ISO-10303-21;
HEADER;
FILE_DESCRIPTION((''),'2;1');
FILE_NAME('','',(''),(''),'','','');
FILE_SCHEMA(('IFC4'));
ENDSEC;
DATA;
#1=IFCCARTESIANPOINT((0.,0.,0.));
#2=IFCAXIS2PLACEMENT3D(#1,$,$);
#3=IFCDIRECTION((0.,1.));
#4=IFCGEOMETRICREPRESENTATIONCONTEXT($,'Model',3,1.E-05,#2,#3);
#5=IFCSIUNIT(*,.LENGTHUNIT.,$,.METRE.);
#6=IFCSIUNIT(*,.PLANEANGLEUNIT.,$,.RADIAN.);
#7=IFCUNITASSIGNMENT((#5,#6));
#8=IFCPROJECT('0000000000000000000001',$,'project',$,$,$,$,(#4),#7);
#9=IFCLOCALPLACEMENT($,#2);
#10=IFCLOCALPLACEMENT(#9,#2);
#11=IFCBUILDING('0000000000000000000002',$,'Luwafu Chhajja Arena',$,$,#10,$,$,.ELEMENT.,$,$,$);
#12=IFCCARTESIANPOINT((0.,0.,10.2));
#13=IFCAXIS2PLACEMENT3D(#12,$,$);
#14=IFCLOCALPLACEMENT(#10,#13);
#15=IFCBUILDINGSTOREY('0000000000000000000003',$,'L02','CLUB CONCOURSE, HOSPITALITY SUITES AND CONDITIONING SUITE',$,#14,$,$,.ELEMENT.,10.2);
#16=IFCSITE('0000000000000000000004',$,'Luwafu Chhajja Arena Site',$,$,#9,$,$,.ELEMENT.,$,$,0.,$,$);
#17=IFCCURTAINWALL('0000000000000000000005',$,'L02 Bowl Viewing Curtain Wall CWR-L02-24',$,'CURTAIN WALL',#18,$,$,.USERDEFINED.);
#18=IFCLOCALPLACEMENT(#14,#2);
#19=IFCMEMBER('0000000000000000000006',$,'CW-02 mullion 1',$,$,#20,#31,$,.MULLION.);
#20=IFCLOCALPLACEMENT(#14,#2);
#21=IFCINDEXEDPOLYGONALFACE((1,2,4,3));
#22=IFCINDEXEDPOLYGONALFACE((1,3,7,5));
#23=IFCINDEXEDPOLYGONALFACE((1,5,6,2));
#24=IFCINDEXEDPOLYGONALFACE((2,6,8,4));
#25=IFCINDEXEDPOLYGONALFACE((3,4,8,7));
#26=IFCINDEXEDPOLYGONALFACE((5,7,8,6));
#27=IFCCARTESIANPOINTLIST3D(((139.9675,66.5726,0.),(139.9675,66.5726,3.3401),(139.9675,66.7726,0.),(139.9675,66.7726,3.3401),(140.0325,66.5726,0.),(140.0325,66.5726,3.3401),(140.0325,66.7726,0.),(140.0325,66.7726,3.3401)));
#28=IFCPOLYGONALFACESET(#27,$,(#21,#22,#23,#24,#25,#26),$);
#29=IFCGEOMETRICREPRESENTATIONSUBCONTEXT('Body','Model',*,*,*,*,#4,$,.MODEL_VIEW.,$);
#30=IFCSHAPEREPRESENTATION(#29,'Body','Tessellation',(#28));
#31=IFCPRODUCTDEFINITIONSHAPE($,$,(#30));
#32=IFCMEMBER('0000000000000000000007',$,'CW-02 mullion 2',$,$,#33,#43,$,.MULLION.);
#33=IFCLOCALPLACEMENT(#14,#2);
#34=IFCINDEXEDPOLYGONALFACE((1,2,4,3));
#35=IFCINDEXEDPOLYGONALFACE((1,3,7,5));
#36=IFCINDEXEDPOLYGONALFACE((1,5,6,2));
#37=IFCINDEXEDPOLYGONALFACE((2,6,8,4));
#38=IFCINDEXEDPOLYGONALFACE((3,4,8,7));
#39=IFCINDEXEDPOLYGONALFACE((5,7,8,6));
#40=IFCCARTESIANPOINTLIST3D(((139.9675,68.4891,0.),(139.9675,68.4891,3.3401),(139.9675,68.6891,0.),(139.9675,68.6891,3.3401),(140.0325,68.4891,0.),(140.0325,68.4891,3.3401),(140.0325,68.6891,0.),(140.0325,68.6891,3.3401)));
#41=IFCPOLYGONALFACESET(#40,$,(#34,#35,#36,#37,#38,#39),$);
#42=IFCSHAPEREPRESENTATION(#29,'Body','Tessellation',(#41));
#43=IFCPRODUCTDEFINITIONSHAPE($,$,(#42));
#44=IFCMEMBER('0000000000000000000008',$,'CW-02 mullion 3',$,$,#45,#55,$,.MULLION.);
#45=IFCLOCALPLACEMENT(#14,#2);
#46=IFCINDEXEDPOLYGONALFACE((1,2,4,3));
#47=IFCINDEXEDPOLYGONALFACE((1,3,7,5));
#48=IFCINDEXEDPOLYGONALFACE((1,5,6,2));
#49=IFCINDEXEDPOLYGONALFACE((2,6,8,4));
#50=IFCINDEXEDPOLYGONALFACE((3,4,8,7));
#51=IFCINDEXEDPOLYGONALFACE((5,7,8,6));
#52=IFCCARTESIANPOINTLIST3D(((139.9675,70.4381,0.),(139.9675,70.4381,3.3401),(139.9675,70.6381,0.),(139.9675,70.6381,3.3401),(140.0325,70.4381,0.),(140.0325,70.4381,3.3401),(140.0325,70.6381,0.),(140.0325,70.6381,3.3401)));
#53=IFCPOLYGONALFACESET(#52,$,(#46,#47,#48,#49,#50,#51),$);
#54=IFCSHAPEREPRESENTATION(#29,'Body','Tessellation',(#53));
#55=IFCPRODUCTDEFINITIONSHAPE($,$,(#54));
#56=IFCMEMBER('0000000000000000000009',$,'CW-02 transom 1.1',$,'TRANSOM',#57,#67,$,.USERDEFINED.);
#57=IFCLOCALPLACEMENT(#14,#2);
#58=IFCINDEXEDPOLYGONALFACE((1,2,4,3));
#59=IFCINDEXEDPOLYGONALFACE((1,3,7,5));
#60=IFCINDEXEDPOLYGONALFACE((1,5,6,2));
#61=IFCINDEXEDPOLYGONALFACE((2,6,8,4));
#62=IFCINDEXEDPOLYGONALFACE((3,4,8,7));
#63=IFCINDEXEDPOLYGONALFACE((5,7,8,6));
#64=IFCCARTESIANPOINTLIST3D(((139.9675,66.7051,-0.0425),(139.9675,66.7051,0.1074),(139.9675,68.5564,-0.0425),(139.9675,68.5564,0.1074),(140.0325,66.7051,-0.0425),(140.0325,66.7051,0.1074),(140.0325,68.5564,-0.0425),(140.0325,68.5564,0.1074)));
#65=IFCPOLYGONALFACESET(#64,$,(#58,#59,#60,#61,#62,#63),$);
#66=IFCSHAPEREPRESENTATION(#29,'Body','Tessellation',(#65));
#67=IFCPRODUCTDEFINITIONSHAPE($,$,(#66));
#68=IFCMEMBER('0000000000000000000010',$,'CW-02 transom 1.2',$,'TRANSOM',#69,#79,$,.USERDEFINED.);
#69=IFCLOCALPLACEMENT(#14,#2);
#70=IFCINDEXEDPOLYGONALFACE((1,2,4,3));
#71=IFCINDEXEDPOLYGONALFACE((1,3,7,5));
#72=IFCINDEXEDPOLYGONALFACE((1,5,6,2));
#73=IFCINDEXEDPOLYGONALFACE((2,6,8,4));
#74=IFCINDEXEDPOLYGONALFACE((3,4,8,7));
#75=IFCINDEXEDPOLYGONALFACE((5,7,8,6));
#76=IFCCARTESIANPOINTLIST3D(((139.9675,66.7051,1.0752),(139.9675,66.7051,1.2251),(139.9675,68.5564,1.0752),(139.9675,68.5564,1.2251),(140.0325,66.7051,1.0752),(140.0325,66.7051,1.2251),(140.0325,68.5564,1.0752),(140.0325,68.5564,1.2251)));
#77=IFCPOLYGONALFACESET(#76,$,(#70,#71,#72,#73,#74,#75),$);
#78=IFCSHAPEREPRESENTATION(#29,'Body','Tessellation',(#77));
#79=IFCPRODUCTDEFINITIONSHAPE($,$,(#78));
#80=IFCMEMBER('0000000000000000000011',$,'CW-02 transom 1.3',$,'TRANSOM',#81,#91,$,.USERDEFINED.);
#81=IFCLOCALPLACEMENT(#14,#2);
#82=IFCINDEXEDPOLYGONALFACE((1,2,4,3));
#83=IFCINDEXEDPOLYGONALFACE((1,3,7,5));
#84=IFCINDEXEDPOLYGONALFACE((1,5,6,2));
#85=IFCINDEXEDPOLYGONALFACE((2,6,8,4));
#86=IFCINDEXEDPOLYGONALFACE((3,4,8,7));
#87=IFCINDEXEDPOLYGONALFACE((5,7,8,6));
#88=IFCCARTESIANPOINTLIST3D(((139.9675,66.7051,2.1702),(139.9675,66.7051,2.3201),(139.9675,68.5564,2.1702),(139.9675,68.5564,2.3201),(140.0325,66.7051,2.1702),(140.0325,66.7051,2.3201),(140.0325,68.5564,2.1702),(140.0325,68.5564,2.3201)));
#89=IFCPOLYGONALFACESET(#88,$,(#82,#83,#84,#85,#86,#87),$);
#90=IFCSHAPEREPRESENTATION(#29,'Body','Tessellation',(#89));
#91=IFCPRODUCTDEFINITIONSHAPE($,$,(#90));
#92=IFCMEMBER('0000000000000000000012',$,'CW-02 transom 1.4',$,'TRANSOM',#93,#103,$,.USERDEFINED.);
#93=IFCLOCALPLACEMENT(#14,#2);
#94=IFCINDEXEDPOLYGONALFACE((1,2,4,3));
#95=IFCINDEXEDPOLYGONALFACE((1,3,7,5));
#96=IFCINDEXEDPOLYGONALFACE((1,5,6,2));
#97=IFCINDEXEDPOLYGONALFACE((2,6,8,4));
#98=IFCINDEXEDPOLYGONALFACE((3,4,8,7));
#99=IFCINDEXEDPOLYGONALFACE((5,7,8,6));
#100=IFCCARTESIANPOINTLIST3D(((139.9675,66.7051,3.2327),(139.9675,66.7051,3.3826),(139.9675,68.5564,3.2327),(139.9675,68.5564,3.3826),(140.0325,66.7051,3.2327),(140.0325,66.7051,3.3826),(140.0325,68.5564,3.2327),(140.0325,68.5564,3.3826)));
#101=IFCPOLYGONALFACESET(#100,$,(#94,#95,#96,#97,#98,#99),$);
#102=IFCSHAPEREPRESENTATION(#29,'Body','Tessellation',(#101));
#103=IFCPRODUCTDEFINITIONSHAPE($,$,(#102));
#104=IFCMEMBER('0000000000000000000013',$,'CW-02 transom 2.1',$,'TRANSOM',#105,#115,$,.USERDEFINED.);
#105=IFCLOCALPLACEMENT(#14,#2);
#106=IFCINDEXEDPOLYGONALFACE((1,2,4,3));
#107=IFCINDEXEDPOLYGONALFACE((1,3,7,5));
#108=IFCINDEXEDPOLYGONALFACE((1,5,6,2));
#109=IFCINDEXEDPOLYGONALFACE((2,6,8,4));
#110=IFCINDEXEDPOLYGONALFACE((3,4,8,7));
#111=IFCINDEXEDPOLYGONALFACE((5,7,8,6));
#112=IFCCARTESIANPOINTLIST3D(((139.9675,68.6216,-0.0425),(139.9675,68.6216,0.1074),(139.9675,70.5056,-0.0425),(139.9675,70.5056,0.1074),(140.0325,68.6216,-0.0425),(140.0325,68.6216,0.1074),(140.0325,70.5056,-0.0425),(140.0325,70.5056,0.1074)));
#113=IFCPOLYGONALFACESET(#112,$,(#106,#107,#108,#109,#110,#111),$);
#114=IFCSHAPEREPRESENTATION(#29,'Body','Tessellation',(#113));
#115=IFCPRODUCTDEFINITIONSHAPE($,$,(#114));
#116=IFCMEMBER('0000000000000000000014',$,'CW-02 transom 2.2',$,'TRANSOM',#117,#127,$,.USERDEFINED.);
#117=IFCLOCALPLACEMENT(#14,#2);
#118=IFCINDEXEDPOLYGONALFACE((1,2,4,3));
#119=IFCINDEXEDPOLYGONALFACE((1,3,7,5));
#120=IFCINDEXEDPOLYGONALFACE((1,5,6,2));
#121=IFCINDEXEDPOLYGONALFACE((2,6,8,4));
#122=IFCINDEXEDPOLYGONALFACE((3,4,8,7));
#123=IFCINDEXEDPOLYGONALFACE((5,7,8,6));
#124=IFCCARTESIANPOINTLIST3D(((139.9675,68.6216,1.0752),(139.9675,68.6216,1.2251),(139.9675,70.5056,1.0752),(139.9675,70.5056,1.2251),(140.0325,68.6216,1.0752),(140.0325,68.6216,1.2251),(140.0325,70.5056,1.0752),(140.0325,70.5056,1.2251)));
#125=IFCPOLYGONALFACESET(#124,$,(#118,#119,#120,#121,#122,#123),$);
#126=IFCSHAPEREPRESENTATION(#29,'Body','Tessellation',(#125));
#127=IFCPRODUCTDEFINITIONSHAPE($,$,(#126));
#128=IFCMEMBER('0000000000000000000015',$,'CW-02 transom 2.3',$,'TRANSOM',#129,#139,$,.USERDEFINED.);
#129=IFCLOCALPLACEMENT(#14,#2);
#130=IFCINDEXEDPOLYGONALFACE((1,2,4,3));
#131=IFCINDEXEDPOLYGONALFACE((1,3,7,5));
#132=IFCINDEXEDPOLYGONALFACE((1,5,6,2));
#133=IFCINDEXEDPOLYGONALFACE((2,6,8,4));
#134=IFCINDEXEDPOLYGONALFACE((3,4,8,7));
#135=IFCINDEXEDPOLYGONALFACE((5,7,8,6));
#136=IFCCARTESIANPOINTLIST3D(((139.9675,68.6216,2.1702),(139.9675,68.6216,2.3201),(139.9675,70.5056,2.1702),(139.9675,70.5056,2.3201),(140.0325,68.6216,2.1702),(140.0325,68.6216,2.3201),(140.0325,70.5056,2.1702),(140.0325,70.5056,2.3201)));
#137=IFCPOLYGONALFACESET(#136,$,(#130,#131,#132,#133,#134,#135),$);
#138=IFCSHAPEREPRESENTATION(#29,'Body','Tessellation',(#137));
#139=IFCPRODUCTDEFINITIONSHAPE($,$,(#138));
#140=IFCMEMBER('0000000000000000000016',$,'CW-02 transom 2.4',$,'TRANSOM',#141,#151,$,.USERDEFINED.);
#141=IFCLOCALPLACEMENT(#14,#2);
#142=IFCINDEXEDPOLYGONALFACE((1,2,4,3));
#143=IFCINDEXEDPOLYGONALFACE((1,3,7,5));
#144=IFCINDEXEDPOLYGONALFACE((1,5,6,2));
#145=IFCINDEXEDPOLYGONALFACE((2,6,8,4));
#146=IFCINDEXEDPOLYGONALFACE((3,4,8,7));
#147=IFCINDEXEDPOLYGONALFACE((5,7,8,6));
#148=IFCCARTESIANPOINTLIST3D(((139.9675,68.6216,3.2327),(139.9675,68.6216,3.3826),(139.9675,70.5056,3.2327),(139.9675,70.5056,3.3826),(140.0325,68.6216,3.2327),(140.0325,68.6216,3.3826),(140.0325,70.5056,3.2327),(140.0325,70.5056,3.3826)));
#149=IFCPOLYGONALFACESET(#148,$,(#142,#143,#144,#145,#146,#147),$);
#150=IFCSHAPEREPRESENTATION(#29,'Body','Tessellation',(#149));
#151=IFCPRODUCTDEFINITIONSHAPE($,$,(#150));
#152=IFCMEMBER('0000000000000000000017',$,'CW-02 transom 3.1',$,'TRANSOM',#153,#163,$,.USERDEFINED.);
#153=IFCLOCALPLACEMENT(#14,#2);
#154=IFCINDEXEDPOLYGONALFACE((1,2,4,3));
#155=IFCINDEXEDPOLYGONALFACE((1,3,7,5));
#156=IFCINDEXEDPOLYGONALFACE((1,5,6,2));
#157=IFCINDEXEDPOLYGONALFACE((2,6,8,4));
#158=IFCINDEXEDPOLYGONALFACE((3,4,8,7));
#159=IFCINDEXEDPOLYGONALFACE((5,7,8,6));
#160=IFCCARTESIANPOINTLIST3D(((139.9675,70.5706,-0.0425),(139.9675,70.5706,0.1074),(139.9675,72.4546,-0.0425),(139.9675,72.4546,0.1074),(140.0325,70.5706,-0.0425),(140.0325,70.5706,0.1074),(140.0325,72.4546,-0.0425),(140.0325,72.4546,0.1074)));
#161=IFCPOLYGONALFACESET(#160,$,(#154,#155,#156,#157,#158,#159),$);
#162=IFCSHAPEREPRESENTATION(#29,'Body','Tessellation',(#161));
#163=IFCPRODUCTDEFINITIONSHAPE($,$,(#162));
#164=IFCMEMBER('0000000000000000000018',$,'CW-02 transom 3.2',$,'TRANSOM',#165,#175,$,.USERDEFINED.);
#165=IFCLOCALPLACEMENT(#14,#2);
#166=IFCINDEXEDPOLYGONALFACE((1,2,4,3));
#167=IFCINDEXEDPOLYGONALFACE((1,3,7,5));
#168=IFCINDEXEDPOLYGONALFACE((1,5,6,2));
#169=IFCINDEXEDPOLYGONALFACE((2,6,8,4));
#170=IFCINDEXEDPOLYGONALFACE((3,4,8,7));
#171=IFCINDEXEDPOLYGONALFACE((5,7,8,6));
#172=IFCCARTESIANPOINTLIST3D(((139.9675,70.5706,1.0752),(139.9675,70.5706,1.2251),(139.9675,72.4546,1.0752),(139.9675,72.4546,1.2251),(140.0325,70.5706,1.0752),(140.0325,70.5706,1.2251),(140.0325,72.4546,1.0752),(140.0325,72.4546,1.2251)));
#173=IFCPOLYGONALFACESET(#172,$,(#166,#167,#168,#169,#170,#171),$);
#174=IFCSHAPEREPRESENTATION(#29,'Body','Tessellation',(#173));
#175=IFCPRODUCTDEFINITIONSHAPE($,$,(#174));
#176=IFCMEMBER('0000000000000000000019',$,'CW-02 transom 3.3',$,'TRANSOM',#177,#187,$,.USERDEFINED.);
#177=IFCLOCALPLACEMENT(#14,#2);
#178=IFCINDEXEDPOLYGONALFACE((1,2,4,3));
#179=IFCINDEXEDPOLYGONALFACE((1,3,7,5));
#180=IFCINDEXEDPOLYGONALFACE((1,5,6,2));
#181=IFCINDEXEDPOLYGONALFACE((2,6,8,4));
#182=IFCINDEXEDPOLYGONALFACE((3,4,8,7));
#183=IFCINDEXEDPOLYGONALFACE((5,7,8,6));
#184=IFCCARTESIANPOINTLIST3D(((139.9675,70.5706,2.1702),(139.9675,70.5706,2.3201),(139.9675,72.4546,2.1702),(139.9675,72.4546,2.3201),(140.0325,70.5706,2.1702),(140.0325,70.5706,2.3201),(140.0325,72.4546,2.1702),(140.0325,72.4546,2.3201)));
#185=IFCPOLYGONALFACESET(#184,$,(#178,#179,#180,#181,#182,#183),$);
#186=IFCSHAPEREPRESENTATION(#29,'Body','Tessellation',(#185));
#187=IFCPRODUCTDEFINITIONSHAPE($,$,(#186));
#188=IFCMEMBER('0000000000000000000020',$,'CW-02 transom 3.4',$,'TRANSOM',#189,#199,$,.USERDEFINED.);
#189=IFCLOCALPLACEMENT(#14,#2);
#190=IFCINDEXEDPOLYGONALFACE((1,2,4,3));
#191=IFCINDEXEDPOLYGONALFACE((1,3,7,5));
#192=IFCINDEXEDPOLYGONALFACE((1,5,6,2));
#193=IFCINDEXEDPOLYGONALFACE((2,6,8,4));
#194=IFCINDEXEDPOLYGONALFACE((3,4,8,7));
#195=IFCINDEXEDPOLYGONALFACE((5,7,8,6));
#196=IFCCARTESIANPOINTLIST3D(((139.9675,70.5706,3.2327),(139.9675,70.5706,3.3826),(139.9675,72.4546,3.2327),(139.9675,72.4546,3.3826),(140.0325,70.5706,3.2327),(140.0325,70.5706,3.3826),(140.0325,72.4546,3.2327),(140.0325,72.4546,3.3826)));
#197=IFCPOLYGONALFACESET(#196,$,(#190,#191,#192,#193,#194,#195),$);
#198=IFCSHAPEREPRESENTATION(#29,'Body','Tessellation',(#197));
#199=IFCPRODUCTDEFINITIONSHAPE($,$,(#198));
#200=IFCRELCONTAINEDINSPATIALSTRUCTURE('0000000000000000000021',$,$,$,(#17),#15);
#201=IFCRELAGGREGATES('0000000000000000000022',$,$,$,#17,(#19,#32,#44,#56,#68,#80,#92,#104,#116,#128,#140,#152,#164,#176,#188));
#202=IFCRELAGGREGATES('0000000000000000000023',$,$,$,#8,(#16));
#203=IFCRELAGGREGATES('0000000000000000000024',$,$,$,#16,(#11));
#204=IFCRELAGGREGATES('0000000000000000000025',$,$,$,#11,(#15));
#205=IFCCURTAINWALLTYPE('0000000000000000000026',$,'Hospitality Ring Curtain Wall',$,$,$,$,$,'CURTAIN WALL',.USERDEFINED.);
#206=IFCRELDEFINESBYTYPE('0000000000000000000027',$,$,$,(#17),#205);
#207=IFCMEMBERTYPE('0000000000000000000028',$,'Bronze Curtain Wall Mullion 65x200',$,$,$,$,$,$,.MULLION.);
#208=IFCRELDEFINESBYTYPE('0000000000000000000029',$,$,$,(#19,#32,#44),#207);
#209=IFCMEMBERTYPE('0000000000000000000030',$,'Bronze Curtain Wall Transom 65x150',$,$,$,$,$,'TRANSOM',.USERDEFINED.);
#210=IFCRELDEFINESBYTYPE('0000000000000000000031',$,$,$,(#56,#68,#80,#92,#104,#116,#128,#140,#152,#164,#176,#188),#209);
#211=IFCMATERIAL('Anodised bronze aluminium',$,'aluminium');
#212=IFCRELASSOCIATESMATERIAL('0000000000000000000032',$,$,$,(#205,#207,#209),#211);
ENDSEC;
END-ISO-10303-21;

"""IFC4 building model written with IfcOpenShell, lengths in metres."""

from ifc_helpers import new_model, si_unit, direction, frame, origin, origin_2d, place, context, subcontext, project, spatial, rectangle, extrude, material, material_profile, profile_set, type_object, element, aggregate, save


model = new_model("IFC4")

# Units and contexts
model_context = context("Model", 3, precision=1e-05, world=origin(), true_north=direction((0.0, 1.0)))
body_context = subcontext(model_context, "Body", "Model", "MODEL_VIEW")
ifc_project = project(units=[si_unit("LENGTHUNIT", "METRE"), si_unit("PLANEANGLEUNIT", "RADIAN")], contexts=[model_context])

# Site, building, storey
site_placement = place(None, origin())
site = spatial("IfcSite", under=ifc_project, at=site_placement, Name="Luwafu Chhajja Arena Site", CompositionType="ELEMENT", RefElevation=0.0)
building_placement = place(site_placement, origin())
building = spatial("IfcBuilding", under=site, at=building_placement, Name="Luwafu Chhajja Arena", CompositionType="ELEMENT")
storey_placement = place(building_placement, frame((0.0, 0.0, 10.2)))
storey = spatial("IfcBuildingStorey", under=building, at=storey_placement, Name="L02", Description="CLUB CONCOURSE, HOSPITALITY SUITES AND CONDITIONING SUITE", CompositionType="ELEMENT", Elevation=10.2)

# Curtain wall, members
ifc_material_1 = material(Name="Anodised bronze aluminium", Category="aluminium")
curtain_wall_type = type_object("IfcCurtainWallType", Name="Hospitality Ring Curtain Wall", ElementType="CURTAIN WALL", PredefinedType="USERDEFINED", material=ifc_material_1)
curtain_wall_placement = place(storey_placement, origin())
curtain_wall = element("IfcCurtainWall", 1, at=curtain_wall_placement, inside=storey, type_object=curtain_wall_type, Name="L02 Bowl Viewing Curtain Wall CWR-L02-24", ObjectType="CURTAIN WALL", PredefinedType="USERDEFINED")
ifc_material_profile_1 = material_profile(ifc_material_1, rectangle(XDim=0.0649, YDim=0.2, at=origin_2d()), Name="CWM 65x200")
ifc_profile_set_1 = profile_set([ifc_material_profile_1], Name="Anodised bronze aluminium")
member_type_1 = type_object("IfcMemberType", Name="Bronze Curtain Wall Mullion 65x200", PredefinedType="MULLION", material=ifc_profile_set_1)
member_1_placement = place(storey_placement, frame((140.0, 66.6726, 0.0), z_axis=(0.0, 0.0, 1.0), x_axis=(-1.0, 0.0, 0.0)))
member_1 = element("IfcMember", 2, at=member_1_placement, type_object=member_type_1, Name="CW-02 mullion 1", PredefinedType="MULLION", context=body_context, shape_type="SweptSolid", body=[
    extrude(rectangle(XDim=0.0649, YDim=0.2, at=origin_2d()), origin(), (0.0, 0.0, 1.0), 3.3401),
])
member_2_placement = place(storey_placement, frame((140.0, 68.5891, 0.0), z_axis=(0.0, 0.0, 1.0), x_axis=(-1.0, 0.0, 0.0)))
member_2 = element("IfcMember", 3, at=member_2_placement, type_object=member_type_1, Name="CW-02 mullion 2", PredefinedType="MULLION", context=body_context, shape_type="SweptSolid", body=[
    extrude(rectangle(XDim=0.0649, YDim=0.2, at=origin_2d()), origin(), (0.0, 0.0, 1.0), 3.3401),
])
member_3_placement = place(storey_placement, frame((140.0, 70.5381, 0.0), z_axis=(0.0, 0.0, 1.0), x_axis=(-1.0, 0.0, 0.0)))
member_3 = element("IfcMember", 4, at=member_3_placement, type_object=member_type_1, Name="CW-02 mullion 3", PredefinedType="MULLION", context=body_context, shape_type="SweptSolid", body=[
    extrude(rectangle(XDim=0.0649, YDim=0.2, at=origin_2d()), origin(), (0.0, 0.0, 1.0), 3.3401),
])
ifc_material_profile_2 = material_profile(ifc_material_1, rectangle(XDim=0.0649, YDim=0.1499, at=origin_2d()), Name="CWT 65x150")
ifc_profile_set_2 = profile_set([ifc_material_profile_2], Name="Anodised bronze aluminium")
member_type_2 = type_object("IfcMemberType", Name="Bronze Curtain Wall Transom 65x150", ElementType="TRANSOM", PredefinedType="USERDEFINED", material=ifc_profile_set_2)
member_4_placement = place(storey_placement, frame((140.0, 66.7051, 0.0325), z_axis=(0.0, 1.0, 0.0), x_axis=(-1.0, 0.0, 0.0)))
member_4 = element("IfcMember", 5, at=member_4_placement, type_object=member_type_2, Name="CW-02 transom 1.1", ObjectType="TRANSOM", PredefinedType="USERDEFINED", context=body_context, shape_type="SweptSolid", body=[
    extrude(rectangle(XDim=0.0649, YDim=0.1499, at=origin_2d()), origin(), (0.0, 0.0, 1.0), 1.8513),
])
member_5_placement = place(storey_placement, frame((140.0, 66.7051, 1.1501), z_axis=(0.0, 1.0, 0.0), x_axis=(-1.0, 0.0, 0.0)))
member_5 = element("IfcMember", 6, at=member_5_placement, type_object=member_type_2, Name="CW-02 transom 1.2", ObjectType="TRANSOM", PredefinedType="USERDEFINED", context=body_context, shape_type="SweptSolid", body=[
    extrude(rectangle(XDim=0.0649, YDim=0.1499, at=origin_2d()), origin(), (0.0, 0.0, 1.0), 1.8513),
])
member_6_placement = place(storey_placement, frame((140.0, 66.7051, 2.2451), z_axis=(0.0, 1.0, 0.0), x_axis=(-1.0, 0.0, 0.0)))
member_6 = element("IfcMember", 7, at=member_6_placement, type_object=member_type_2, Name="CW-02 transom 1.3", ObjectType="TRANSOM", PredefinedType="USERDEFINED", context=body_context, shape_type="SweptSolid", body=[
    extrude(rectangle(XDim=0.0649, YDim=0.1499, at=origin_2d()), origin(), (0.0, 0.0, 1.0), 1.8513),
])
member_7_placement = place(storey_placement, frame((140.0, 66.7051, 3.3076), z_axis=(0.0, 1.0, 0.0), x_axis=(-1.0, 0.0, 0.0)))
member_7 = element("IfcMember", 8, at=member_7_placement, type_object=member_type_2, Name="CW-02 transom 1.4", ObjectType="TRANSOM", PredefinedType="USERDEFINED", context=body_context, shape_type="SweptSolid", body=[
    extrude(rectangle(XDim=0.0649, YDim=0.1499, at=origin_2d()), origin(), (0.0, 0.0, 1.0), 1.8513),
])
member_8_placement = place(storey_placement, frame((140.0, 68.6216, 0.0325), z_axis=(0.0, 1.0, 0.0), x_axis=(-1.0, 0.0, 0.0)))
member_8 = element("IfcMember", 9, at=member_8_placement, type_object=member_type_2, Name="CW-02 transom 2.1", ObjectType="TRANSOM", PredefinedType="USERDEFINED", context=body_context, shape_type="SweptSolid", body=[
    extrude(rectangle(XDim=0.0649, YDim=0.1499, at=origin_2d()), origin(), (0.0, 0.0, 1.0), 1.884),
])
member_9_placement = place(storey_placement, frame((140.0, 68.6216, 1.1501), z_axis=(0.0, 1.0, 0.0), x_axis=(-1.0, 0.0, 0.0)))
member_9 = element("IfcMember", 10, at=member_9_placement, type_object=member_type_2, Name="CW-02 transom 2.2", ObjectType="TRANSOM", PredefinedType="USERDEFINED", context=body_context, shape_type="SweptSolid", body=[
    extrude(rectangle(XDim=0.0649, YDim=0.1499, at=origin_2d()), origin(), (0.0, 0.0, 1.0), 1.884),
])
member_10_placement = place(storey_placement, frame((140.0, 68.6216, 2.2451), z_axis=(0.0, 1.0, 0.0), x_axis=(-1.0, 0.0, 0.0)))
member_10 = element("IfcMember", 11, at=member_10_placement, type_object=member_type_2, Name="CW-02 transom 2.3", ObjectType="TRANSOM", PredefinedType="USERDEFINED", context=body_context, shape_type="SweptSolid", body=[
    extrude(rectangle(XDim=0.0649, YDim=0.1499, at=origin_2d()), origin(), (0.0, 0.0, 1.0), 1.884),
])
member_11_placement = place(storey_placement, frame((140.0, 68.6216, 3.3076), z_axis=(0.0, 1.0, 0.0), x_axis=(-1.0, 0.0, 0.0)))
member_11 = element("IfcMember", 12, at=member_11_placement, type_object=member_type_2, Name="CW-02 transom 2.4", ObjectType="TRANSOM", PredefinedType="USERDEFINED", context=body_context, shape_type="SweptSolid", body=[
    extrude(rectangle(XDim=0.0649, YDim=0.1499, at=origin_2d()), origin(), (0.0, 0.0, 1.0), 1.884),
])
member_12_placement = place(storey_placement, frame((140.0, 70.5706, 0.0325), z_axis=(0.0, 1.0, 0.0), x_axis=(-1.0, 0.0, 0.0)))
member_12 = element("IfcMember", 13, at=member_12_placement, type_object=member_type_2, Name="CW-02 transom 3.1", ObjectType="TRANSOM", PredefinedType="USERDEFINED", context=body_context, shape_type="SweptSolid", body=[
    extrude(rectangle(XDim=0.0649, YDim=0.1499, at=origin_2d()), origin(), (0.0, 0.0, 1.0), 1.884),
])
member_13_placement = place(storey_placement, frame((140.0, 70.5706, 1.1501), z_axis=(0.0, 1.0, 0.0), x_axis=(-1.0, 0.0, 0.0)))
member_13 = element("IfcMember", 14, at=member_13_placement, type_object=member_type_2, Name="CW-02 transom 3.2", ObjectType="TRANSOM", PredefinedType="USERDEFINED", context=body_context, shape_type="SweptSolid", body=[
    extrude(rectangle(XDim=0.0649, YDim=0.1499, at=origin_2d()), origin(), (0.0, 0.0, 1.0), 1.884),
])
member_14_placement = place(storey_placement, frame((140.0, 70.5706, 2.2451), z_axis=(0.0, 1.0, 0.0), x_axis=(-1.0, 0.0, 0.0)))
member_14 = element("IfcMember", 15, at=member_14_placement, type_object=member_type_2, Name="CW-02 transom 3.3", ObjectType="TRANSOM", PredefinedType="USERDEFINED", context=body_context, shape_type="SweptSolid", body=[
    extrude(rectangle(XDim=0.0649, YDim=0.1499, at=origin_2d()), origin(), (0.0, 0.0, 1.0), 1.884),
])
member_15_placement = place(storey_placement, frame((140.0, 70.5706, 3.3076), z_axis=(0.0, 1.0, 0.0), x_axis=(-1.0, 0.0, 0.0)))
member_15 = element("IfcMember", 16, at=member_15_placement, type_object=member_type_2, Name="CW-02 transom 3.4", ObjectType="TRANSOM", PredefinedType="USERDEFINED", context=body_context, shape_type="SweptSolid", body=[
    extrude(rectangle(XDim=0.0649, YDim=0.1499, at=origin_2d()), origin(), (0.0, 0.0, 1.0), 1.884),
])

aggregate(curtain_wall, [member_1, member_2, member_3, member_4, member_5, member_6, member_7, member_8, member_9, member_10, member_11, member_12, member_13, member_14, member_15])

save(model, "model.ifc")
